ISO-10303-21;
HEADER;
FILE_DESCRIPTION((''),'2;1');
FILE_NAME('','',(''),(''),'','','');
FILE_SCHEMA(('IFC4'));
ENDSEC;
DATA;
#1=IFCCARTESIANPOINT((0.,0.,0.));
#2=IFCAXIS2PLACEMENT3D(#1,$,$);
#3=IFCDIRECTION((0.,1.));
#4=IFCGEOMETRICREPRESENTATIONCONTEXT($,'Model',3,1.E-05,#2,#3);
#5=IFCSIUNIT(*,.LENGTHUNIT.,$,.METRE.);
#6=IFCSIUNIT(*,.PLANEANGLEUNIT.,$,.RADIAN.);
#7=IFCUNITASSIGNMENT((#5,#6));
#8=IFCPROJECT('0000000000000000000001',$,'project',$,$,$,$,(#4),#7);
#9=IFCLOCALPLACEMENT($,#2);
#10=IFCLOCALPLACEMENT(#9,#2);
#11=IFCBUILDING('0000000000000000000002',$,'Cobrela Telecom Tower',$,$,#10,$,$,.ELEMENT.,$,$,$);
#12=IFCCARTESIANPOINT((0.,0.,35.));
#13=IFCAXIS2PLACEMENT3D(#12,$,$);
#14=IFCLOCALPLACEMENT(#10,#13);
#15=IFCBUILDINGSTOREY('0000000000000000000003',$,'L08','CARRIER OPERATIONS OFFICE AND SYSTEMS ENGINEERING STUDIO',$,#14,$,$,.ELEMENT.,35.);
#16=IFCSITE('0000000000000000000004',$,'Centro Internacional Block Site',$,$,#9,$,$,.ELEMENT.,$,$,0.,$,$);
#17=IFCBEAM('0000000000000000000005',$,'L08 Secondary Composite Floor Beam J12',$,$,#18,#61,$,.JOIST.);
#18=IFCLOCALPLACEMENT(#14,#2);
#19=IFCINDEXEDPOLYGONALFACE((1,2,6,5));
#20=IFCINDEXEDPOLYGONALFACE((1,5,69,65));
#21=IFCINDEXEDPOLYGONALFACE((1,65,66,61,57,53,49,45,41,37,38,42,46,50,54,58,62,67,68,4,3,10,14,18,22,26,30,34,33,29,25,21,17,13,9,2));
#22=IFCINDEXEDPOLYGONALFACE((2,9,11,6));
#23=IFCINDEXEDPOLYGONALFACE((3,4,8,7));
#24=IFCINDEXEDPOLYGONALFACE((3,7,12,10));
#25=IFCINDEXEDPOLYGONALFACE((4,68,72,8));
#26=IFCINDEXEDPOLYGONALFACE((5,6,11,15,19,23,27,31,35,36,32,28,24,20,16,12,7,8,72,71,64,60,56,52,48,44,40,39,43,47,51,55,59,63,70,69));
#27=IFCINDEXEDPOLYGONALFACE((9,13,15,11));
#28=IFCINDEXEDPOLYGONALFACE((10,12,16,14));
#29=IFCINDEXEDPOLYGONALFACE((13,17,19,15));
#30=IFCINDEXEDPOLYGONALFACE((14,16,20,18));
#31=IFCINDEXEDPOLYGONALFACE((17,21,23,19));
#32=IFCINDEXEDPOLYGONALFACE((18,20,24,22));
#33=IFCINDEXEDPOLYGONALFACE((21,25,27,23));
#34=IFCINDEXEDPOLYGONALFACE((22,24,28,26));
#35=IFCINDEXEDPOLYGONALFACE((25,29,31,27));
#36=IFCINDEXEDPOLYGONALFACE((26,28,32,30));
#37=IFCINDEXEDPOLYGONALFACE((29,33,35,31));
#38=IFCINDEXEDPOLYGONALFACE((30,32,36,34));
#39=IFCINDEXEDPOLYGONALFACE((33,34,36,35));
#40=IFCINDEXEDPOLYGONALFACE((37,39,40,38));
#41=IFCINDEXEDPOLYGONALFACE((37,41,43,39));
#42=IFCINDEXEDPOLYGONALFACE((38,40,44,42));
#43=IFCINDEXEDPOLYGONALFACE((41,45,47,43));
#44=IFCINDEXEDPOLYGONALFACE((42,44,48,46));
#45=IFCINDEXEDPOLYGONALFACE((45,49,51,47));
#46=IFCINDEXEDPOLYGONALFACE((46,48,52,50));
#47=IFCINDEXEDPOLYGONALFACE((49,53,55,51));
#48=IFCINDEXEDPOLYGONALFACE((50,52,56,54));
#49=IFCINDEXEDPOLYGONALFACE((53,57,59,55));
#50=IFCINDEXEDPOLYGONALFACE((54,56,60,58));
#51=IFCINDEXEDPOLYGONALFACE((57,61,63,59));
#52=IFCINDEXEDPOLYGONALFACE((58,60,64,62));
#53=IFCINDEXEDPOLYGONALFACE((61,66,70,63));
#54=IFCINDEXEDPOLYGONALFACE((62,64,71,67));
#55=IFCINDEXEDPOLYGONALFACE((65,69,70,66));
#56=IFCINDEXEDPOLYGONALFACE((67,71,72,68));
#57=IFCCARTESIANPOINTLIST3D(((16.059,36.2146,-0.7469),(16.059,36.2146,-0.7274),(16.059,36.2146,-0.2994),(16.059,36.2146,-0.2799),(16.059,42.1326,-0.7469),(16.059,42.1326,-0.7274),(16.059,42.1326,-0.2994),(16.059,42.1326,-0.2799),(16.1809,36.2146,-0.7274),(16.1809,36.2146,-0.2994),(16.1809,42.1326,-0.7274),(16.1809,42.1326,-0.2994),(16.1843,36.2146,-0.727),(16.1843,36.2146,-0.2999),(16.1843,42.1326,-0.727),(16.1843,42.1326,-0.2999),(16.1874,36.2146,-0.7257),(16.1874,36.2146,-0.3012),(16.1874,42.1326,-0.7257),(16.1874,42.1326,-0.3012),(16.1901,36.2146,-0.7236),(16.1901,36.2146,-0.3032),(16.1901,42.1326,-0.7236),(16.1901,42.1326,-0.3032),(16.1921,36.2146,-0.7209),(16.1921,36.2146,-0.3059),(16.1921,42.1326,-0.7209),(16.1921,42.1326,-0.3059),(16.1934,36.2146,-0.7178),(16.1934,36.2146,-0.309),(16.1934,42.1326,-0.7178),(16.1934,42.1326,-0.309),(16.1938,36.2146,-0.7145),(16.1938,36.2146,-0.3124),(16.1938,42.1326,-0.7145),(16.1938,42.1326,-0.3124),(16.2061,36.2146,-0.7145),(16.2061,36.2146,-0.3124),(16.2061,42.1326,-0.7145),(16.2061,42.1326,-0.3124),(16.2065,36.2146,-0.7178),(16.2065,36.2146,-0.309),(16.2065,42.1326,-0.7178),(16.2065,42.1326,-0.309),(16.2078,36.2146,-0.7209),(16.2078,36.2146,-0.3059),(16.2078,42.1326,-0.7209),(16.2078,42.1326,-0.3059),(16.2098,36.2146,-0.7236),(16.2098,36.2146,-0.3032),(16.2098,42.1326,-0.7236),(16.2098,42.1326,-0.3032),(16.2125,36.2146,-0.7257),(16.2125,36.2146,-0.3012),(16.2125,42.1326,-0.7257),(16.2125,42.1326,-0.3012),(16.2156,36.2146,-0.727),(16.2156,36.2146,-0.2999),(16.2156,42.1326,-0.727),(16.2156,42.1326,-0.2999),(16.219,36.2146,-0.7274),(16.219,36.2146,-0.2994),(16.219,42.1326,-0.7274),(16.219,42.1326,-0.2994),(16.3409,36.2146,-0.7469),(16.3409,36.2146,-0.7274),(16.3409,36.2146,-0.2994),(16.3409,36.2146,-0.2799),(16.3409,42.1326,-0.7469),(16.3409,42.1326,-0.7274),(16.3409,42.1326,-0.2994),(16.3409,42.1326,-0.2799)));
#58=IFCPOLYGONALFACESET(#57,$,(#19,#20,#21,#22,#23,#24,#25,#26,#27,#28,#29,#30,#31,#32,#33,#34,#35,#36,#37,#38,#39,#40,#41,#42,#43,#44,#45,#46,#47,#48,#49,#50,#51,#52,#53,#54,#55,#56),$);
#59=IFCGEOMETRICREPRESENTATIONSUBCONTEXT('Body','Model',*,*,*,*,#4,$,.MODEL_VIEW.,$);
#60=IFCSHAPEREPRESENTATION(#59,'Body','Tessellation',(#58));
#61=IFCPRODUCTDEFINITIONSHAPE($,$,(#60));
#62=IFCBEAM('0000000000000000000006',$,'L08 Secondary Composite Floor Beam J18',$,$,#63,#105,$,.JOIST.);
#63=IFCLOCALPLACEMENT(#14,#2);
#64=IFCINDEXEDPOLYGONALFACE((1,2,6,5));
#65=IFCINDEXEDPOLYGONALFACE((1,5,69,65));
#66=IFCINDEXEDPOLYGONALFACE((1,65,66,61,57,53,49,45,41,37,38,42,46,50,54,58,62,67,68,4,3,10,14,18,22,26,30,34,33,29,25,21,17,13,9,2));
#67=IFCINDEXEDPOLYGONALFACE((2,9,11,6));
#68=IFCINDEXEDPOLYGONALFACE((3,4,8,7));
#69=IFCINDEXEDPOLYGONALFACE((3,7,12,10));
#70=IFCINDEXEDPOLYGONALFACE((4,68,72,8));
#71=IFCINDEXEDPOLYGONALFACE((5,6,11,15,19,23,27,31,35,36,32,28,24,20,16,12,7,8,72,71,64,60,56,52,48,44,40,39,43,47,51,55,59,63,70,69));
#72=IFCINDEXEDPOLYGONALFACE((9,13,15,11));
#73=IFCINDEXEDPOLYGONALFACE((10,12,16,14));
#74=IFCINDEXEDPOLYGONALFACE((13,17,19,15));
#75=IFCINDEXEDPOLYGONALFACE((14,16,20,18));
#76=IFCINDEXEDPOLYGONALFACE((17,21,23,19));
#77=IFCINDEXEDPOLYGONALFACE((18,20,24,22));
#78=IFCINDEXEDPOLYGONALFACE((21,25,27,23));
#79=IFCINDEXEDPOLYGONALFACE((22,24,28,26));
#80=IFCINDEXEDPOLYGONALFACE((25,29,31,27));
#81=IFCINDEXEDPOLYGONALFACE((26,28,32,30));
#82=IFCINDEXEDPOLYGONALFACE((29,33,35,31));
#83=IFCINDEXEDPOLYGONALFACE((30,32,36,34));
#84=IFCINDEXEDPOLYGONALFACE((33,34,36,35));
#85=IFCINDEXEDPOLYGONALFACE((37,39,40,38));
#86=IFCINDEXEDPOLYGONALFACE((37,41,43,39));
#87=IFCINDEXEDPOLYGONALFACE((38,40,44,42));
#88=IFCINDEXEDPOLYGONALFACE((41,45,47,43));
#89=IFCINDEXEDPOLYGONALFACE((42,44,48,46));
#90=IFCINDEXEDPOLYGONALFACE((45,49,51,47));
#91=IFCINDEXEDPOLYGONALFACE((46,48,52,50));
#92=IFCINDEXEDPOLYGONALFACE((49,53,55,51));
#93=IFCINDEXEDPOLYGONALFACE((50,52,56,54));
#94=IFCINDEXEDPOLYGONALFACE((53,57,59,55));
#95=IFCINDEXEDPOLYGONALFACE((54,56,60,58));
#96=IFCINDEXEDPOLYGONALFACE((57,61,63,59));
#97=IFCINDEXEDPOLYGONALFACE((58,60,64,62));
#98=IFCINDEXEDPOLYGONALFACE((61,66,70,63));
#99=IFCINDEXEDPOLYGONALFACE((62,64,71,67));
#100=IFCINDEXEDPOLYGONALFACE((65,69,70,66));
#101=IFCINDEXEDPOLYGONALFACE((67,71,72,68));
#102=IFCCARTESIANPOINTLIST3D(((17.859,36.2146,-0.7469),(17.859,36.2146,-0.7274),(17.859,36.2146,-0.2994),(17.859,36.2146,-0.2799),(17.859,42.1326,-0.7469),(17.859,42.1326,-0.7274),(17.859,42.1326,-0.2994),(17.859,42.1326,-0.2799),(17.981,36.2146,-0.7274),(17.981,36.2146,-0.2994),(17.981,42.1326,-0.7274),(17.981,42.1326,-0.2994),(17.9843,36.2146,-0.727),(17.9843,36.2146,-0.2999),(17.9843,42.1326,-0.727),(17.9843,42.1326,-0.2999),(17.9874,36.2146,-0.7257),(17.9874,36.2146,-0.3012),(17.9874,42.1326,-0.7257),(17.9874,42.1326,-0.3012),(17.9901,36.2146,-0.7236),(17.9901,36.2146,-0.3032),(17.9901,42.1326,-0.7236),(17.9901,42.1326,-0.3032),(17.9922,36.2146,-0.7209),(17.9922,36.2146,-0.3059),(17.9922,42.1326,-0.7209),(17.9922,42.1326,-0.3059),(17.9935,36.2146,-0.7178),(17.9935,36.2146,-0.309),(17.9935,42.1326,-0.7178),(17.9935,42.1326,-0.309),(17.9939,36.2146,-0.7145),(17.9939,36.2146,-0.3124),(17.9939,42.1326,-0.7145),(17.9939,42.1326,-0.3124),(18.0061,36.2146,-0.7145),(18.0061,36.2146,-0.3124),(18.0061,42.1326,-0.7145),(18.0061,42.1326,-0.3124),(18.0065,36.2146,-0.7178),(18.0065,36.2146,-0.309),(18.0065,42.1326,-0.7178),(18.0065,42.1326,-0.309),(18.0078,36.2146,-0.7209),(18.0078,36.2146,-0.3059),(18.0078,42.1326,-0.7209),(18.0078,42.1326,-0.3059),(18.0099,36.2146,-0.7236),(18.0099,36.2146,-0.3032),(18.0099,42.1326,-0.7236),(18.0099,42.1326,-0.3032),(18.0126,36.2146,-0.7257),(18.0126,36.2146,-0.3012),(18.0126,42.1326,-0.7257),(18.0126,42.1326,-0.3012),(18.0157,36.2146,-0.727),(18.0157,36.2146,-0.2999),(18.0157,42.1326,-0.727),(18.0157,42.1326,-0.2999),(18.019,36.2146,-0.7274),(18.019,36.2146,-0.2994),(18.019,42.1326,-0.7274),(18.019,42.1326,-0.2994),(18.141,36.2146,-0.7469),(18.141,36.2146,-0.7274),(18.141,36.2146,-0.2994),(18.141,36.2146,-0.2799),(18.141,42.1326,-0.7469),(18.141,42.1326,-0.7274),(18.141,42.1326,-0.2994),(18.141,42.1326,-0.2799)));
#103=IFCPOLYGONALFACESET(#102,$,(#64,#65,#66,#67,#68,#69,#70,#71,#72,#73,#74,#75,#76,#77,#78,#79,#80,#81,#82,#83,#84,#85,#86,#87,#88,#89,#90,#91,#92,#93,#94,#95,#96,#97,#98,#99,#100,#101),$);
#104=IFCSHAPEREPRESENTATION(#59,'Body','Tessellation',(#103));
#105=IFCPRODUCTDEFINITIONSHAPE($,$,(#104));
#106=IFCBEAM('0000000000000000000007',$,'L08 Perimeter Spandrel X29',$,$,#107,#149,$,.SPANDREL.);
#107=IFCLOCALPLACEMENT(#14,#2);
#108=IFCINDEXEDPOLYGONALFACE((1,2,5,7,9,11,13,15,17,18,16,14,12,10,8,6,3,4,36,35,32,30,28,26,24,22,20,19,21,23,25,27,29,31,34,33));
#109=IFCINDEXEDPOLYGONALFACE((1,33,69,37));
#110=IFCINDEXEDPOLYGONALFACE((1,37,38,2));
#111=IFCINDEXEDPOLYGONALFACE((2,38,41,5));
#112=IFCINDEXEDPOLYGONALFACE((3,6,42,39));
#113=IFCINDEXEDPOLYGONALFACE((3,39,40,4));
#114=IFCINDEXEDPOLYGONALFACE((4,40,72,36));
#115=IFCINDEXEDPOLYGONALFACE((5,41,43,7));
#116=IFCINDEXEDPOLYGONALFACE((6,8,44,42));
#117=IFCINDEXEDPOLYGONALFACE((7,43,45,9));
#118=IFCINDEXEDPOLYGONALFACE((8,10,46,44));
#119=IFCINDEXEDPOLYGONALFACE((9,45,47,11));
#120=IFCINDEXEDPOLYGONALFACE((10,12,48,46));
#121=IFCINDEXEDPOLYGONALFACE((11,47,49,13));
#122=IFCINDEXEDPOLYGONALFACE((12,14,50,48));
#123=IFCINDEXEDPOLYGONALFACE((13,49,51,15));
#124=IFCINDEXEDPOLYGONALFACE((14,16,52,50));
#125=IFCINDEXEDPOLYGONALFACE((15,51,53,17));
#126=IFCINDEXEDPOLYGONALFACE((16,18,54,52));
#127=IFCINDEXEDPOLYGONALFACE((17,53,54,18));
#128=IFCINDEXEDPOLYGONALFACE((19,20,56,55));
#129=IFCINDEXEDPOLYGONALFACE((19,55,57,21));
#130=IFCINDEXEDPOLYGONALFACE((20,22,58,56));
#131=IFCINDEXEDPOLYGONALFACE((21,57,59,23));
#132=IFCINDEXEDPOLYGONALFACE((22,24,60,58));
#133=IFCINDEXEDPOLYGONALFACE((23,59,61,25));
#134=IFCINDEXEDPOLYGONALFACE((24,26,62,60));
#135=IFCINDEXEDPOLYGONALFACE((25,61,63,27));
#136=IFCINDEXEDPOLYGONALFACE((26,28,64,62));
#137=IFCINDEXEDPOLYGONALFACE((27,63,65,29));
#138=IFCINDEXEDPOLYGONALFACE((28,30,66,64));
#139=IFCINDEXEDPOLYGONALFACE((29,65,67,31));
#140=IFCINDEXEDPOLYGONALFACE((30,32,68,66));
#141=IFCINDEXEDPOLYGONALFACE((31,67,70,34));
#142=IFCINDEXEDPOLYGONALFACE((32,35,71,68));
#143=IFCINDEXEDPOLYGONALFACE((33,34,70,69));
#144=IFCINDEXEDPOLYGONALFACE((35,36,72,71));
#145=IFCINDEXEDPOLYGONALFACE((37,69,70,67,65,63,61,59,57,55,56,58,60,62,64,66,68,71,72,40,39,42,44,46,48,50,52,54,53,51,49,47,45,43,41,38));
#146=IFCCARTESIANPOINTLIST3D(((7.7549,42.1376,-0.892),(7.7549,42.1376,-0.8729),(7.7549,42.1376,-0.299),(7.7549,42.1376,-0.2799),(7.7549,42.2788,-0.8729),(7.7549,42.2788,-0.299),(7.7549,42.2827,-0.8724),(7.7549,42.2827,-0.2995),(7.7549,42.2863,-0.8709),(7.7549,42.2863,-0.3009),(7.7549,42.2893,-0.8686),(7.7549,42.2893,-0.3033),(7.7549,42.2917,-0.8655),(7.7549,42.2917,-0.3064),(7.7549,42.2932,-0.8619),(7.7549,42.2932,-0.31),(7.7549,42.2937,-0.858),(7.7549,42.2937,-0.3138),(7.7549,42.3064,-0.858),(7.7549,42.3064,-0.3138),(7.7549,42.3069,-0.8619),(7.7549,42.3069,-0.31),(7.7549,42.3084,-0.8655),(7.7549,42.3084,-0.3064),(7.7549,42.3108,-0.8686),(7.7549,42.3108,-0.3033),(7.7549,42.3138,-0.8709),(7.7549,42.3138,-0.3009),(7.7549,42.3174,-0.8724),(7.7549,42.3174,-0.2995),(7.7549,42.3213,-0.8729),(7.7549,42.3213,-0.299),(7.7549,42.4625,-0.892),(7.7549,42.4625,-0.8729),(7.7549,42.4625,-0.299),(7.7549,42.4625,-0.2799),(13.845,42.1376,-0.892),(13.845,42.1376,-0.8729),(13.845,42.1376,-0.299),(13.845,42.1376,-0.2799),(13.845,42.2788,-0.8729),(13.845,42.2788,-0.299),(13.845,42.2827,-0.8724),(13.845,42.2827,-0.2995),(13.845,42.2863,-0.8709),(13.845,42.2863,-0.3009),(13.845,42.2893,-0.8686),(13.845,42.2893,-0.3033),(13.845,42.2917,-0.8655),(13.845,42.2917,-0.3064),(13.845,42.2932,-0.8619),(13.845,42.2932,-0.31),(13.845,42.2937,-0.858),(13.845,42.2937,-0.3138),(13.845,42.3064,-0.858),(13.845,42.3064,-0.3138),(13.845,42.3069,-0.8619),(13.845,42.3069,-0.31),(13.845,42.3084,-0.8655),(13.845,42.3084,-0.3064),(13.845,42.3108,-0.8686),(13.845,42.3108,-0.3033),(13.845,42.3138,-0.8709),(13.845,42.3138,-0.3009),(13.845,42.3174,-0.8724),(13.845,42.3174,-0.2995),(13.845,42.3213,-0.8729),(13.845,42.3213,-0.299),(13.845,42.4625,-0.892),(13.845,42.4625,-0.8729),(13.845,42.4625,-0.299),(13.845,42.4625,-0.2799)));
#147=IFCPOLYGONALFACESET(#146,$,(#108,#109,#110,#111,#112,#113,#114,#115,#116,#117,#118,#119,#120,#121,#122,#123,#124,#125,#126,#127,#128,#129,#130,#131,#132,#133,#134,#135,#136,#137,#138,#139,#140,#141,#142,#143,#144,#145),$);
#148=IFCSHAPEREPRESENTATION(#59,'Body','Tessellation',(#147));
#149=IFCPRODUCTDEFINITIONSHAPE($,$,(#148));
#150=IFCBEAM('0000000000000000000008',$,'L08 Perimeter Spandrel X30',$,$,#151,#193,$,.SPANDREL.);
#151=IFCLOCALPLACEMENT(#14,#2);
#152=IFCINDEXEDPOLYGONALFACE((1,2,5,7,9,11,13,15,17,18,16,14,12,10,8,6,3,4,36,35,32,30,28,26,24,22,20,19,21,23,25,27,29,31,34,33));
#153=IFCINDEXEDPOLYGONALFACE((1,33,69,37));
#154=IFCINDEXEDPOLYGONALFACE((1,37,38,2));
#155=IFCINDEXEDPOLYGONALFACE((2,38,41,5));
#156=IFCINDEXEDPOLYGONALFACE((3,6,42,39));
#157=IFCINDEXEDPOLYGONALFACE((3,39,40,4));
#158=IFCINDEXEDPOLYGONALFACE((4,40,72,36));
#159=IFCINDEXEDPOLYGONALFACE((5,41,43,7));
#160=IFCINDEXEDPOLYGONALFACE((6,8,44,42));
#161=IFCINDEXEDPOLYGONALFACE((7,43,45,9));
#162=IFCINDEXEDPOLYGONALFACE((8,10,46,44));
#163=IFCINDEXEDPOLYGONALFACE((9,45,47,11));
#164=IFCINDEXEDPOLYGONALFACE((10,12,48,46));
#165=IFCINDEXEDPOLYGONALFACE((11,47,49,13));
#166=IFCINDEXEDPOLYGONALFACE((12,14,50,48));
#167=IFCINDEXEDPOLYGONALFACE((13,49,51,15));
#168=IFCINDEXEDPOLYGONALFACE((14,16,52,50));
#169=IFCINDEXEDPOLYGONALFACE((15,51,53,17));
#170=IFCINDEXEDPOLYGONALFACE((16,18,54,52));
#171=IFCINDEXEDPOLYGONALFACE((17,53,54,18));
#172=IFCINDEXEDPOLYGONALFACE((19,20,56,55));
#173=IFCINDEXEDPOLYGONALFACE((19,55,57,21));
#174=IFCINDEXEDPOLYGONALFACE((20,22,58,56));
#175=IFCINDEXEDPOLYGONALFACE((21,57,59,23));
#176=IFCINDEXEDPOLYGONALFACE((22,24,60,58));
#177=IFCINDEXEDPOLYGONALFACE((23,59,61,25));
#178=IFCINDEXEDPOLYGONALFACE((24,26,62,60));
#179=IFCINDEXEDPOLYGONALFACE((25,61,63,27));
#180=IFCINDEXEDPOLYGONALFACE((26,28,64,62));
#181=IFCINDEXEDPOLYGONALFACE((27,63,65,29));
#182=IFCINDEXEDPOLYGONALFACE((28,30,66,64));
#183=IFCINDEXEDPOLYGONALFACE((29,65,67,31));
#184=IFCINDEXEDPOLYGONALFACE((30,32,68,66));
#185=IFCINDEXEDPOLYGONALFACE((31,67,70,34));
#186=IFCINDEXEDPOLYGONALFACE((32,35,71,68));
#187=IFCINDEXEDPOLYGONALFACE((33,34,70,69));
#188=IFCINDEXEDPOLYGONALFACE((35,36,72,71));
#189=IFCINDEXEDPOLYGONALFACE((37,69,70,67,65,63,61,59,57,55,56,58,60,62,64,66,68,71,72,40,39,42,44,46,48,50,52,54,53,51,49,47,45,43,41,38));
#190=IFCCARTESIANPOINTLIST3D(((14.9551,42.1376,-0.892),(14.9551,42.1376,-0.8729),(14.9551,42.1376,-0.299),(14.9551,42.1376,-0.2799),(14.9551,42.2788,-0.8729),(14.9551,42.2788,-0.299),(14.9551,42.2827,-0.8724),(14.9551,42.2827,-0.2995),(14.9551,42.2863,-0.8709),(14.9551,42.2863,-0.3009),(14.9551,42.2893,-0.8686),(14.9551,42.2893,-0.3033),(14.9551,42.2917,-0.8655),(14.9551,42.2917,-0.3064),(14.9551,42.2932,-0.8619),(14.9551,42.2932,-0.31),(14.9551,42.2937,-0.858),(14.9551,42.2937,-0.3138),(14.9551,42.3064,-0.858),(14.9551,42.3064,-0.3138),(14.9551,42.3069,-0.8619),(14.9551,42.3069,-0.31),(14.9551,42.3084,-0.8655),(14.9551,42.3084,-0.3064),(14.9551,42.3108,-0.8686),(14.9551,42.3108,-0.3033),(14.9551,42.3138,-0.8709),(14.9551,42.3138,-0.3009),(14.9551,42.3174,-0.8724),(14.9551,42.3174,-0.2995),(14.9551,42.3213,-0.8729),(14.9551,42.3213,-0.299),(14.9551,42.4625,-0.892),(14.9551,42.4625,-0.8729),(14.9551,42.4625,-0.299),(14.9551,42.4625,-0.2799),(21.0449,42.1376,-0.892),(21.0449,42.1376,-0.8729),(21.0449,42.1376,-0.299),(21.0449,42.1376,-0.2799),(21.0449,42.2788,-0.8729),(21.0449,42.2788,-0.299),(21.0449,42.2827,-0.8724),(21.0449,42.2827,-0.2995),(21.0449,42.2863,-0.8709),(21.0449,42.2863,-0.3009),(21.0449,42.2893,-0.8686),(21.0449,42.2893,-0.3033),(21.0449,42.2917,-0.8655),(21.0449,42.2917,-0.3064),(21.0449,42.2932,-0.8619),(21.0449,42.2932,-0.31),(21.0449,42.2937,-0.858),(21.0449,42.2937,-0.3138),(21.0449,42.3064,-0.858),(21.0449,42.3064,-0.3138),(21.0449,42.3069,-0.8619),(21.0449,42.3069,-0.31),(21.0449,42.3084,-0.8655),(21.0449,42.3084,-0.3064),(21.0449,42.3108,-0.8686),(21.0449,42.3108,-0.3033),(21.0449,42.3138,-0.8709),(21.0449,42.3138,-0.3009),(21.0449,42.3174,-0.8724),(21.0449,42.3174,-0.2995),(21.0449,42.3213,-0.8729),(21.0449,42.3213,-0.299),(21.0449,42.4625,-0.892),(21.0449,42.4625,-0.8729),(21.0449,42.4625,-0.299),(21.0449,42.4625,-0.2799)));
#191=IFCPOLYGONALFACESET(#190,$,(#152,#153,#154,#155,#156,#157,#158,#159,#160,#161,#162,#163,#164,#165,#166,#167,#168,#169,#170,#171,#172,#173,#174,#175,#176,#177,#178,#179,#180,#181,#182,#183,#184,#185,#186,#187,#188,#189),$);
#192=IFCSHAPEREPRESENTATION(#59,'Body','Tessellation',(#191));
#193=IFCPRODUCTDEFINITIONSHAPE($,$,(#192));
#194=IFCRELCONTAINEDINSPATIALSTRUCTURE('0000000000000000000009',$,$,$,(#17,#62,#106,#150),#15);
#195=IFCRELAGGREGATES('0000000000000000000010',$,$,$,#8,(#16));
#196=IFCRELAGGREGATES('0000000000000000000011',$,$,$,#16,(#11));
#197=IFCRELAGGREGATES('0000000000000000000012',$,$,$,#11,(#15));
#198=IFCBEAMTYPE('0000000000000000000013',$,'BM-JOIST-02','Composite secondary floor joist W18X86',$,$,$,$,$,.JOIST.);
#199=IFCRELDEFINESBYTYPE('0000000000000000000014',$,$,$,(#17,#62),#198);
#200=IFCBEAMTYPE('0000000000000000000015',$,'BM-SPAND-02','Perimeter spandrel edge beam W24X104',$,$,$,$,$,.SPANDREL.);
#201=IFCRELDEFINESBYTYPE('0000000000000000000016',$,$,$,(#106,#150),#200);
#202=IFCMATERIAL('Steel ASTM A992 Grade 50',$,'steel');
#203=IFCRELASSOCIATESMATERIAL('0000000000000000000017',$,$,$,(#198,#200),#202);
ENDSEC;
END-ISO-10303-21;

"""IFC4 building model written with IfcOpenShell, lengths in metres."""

from ifc_helpers import new_model, si_unit, direction, frame, origin, origin_2d, place, context, subcontext, project, spatial, i_section, extrude, material, material_profile, profile_set, type_object, element, save


model = new_model("IFC4")

# Units and contexts
model_context = context("Model", 3, precision=1e-05, world=origin(), true_north=direction((0.0, 1.0)))
body_context = subcontext(model_context, "Body", "Model", "MODEL_VIEW")
ifc_project = project(units=[si_unit("LENGTHUNIT", "METRE"), si_unit("PLANEANGLEUNIT", "RADIAN")], contexts=[model_context])

# Site, building, storey
site_placement = place(None, origin())
site = spatial("IfcSite", under=ifc_project, at=site_placement, Name="Centro Internacional Block Site", CompositionType="ELEMENT", RefElevation=0.0)
building_placement = place(site_placement, origin())
building = spatial("IfcBuilding", under=site, at=building_placement, Name="Cobrela Telecom Tower", CompositionType="ELEMENT")
storey_placement = place(building_placement, frame((0.0, 0.0, 35.0)))
storey = spatial("IfcBuildingStorey", under=building, at=storey_placement, Name="L08", Description="CARRIER OPERATIONS OFFICE AND SYSTEMS ENGINEERING STUDIO", CompositionType="ELEMENT", Elevation=35.0)

# Beams
ifc_material_1 = material(Name="Steel ASTM A992 Grade 50", Category="steel")
ifc_material_profile_1 = material_profile(ifc_material_1, i_section(OverallWidth=0.282, OverallDepth=0.467, WebThickness=0.0122, FlangeThickness=0.0195, FilletRadius=0.0129, at=origin_2d()), Name="W18X86")
ifc_profile_set_1 = profile_set([ifc_material_profile_1], Name="Steel ASTM A992 Grade 50")
beam_type_1 = type_object("IfcBeamType", Name="BM-JOIST-02", Description="Composite secondary floor joist W18X86", PredefinedType="JOIST", material=ifc_profile_set_1)
for number, where, z_axis, x_axis, name in (
    (1, (16.2, 36.2146, -0.5134), (0.0, 1.0, 0.0), (-1.0, 0.0, 0.0), "L08 Secondary Composite Floor Beam J12"),
    (2, (18.0, 36.2146, -0.5134), (0.0, 1.0, 0.0), (-1.0, 0.0, 0.0), "L08 Secondary Composite Floor Beam J18"),
):
    element("IfcBeam", number, at=place(storey_placement, frame(where, z_axis=z_axis, x_axis=x_axis)), inside=storey, type_object=beam_type_1, Name=name, PredefinedType="JOIST", context=body_context, shape_type="SweptSolid", body=[
        extrude(i_section(OverallWidth=0.282, OverallDepth=0.467, WebThickness=0.0122, FlangeThickness=0.0195, FilletRadius=0.0129, at=origin_2d()), origin(), (0.0, 0.0, 1.0), 5.918),
    ])
ifc_material_profile_2 = material_profile(ifc_material_1, i_section(OverallWidth=0.325, OverallDepth=0.6121, WebThickness=0.0127, FlangeThickness=0.019, FilletRadius=0.0149, at=origin_2d()), Name="W24X104")
ifc_profile_set_2 = profile_set([ifc_material_profile_2], Name="Steel ASTM A992 Grade 50")
beam_type_2 = type_object("IfcBeamType", Name="BM-SPAND-02", Description="Perimeter spandrel edge beam W24X104", PredefinedType="SPANDREL", material=ifc_profile_set_2)
beam_1_placement = place(storey_placement, frame((7.7549, 42.3, -0.5859), z_axis=(1.0, 0.0, 0.0), x_axis=(0.0, 1.0, 0.0)))
element("IfcBeam", 3, at=beam_1_placement, inside=storey, type_object=beam_type_2, Name="L08 Perimeter Spandrel X29", PredefinedType="SPANDREL", context=body_context, shape_type="SweptSolid", body=[
    extrude(i_section(OverallWidth=0.325, OverallDepth=0.6121, WebThickness=0.0127, FlangeThickness=0.019, FilletRadius=0.0149, at=origin_2d()), origin(), (0.0, 0.0, 1.0), 6.0901),
])
beam_2_placement = place(storey_placement, frame((14.9551, 42.3, -0.5859), z_axis=(1.0, 0.0, 0.0), x_axis=(0.0, 1.0, 0.0)))
element("IfcBeam", 4, at=beam_2_placement, inside=storey, type_object=beam_type_2, Name="L08 Perimeter Spandrel X30", PredefinedType="SPANDREL", context=body_context, shape_type="SweptSolid", body=[
    extrude(i_section(OverallWidth=0.325, OverallDepth=0.6121, WebThickness=0.0127, FlangeThickness=0.019, FilletRadius=0.0149, at=origin_2d()), origin(), (0.0, 0.0, 1.0), 6.0898),
])

save(model, "model.ifc")
